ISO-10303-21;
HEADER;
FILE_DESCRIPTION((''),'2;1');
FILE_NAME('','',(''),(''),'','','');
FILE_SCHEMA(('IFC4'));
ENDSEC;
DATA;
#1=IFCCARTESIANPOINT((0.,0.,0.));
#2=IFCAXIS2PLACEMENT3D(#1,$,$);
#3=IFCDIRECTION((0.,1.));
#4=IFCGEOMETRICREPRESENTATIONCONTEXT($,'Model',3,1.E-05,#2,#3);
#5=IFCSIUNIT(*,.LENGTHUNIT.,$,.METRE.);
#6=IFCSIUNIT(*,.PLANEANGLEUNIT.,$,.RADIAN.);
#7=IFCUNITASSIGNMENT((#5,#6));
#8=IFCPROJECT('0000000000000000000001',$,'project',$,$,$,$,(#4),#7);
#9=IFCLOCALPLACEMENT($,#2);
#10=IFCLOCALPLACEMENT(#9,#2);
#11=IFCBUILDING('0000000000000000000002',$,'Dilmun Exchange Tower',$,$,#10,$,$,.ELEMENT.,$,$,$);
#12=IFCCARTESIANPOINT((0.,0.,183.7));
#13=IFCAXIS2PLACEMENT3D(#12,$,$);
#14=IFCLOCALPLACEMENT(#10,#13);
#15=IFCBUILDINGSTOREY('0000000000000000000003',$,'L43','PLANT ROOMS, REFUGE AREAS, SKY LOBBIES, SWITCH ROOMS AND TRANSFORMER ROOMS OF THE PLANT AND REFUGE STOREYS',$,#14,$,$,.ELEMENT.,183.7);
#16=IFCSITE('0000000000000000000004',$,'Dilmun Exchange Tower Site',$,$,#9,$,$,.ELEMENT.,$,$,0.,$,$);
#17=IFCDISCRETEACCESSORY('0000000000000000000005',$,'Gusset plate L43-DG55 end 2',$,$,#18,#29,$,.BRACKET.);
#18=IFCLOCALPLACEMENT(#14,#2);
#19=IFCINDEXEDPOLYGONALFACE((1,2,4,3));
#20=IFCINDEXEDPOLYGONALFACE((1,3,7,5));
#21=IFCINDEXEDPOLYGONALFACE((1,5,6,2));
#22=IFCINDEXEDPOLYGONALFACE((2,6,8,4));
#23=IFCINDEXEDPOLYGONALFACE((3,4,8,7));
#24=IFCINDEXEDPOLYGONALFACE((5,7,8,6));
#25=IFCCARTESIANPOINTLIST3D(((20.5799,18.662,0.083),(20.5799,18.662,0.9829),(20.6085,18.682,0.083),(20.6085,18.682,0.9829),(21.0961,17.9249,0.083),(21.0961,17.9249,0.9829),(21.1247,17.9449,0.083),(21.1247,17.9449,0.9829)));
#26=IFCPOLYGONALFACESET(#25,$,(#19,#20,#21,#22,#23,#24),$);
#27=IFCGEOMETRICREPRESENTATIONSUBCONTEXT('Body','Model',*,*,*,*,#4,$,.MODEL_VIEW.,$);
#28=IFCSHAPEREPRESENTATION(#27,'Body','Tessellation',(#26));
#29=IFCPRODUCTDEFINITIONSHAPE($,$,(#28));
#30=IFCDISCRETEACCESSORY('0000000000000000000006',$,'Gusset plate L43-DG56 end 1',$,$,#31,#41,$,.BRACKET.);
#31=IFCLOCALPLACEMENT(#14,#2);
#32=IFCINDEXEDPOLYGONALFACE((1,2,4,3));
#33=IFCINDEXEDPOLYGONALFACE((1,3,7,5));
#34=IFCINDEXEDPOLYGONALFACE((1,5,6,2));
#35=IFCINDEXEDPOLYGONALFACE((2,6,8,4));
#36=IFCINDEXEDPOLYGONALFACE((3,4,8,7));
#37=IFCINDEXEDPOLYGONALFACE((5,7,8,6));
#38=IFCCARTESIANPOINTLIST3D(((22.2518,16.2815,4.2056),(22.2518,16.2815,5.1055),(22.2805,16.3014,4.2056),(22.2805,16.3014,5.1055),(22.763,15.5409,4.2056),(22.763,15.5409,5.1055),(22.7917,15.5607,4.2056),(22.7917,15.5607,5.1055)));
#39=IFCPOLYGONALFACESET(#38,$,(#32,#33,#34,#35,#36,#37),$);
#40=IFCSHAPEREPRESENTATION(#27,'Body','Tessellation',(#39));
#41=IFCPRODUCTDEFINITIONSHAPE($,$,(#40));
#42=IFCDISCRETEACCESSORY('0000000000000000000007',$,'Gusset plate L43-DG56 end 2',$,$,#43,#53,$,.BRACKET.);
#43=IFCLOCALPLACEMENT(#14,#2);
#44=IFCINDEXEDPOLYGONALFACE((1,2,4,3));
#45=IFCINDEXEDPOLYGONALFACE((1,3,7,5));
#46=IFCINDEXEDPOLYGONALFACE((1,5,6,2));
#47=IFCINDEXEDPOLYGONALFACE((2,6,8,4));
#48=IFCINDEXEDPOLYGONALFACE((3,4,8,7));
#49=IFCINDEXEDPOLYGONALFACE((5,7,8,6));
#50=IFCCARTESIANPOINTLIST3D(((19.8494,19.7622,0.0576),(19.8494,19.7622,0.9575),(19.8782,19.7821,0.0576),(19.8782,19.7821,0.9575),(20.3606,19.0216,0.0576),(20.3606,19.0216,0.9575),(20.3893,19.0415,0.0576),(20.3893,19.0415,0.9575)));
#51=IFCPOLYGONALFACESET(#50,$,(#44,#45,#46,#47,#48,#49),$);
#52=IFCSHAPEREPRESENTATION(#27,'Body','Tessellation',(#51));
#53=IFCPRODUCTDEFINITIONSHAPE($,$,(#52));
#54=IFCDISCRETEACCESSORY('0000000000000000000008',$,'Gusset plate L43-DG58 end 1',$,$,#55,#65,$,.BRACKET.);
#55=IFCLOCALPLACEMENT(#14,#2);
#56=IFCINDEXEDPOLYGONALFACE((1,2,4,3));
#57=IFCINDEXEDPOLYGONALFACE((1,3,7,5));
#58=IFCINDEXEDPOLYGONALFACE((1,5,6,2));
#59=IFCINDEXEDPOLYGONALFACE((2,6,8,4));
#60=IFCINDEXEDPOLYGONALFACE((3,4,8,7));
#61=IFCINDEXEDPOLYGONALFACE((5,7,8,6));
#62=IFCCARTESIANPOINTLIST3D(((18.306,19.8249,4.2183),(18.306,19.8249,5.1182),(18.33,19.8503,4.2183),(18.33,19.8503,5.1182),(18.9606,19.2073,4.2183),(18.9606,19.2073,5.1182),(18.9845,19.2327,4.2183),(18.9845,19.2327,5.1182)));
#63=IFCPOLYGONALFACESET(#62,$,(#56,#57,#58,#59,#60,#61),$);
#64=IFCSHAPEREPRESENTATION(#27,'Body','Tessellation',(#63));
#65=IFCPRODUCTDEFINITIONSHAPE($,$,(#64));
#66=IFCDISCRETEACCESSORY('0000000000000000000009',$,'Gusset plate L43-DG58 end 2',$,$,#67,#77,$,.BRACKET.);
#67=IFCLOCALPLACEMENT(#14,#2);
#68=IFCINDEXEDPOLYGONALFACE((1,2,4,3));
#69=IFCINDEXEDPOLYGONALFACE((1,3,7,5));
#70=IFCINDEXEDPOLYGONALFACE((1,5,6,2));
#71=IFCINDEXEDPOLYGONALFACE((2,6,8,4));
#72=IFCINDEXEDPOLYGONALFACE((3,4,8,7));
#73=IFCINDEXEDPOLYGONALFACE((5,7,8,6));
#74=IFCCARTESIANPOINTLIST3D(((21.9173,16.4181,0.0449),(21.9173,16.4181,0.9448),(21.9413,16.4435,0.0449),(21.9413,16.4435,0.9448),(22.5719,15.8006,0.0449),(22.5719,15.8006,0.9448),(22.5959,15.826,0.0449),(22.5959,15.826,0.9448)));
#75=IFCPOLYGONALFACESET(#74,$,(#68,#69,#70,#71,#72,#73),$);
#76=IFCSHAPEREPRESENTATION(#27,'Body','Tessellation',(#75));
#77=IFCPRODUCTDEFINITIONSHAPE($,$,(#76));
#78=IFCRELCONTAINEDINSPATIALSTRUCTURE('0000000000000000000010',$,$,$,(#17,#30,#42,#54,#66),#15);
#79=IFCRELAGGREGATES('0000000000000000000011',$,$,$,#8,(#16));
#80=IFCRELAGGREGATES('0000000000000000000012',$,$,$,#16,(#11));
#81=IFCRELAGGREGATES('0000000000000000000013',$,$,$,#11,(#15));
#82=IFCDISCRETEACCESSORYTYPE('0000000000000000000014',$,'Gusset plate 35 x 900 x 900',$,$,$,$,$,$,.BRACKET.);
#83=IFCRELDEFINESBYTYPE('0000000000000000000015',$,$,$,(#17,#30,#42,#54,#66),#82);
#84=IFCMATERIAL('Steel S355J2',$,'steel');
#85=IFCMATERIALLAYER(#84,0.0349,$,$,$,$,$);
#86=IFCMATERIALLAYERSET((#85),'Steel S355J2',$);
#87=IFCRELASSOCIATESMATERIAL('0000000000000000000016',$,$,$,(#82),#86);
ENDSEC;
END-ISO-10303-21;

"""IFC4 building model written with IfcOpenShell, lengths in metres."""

from ifc_helpers import new_model, si_unit, direction, frame, origin, origin_2d, place, context, subcontext, project, spatial, rectangle, extrude, material, layer, layer_set, type_object, element, save


model = new_model("IFC4")

# Units and contexts
model_context = context("Model", 3, precision=1e-05, world=origin(), true_north=direction((0.0, 1.0)))
body_context = subcontext(model_context, "Body", "Model", "MODEL_VIEW")
ifc_project = project(units=[si_unit("LENGTHUNIT", "METRE"), si_unit("PLANEANGLEUNIT", "RADIAN")], contexts=[model_context])

# Site, building, storey
site_placement = place(None, origin())
site = spatial("IfcSite", under=ifc_project, at=site_placement, Name="Dilmun Exchange Tower Site", CompositionType="ELEMENT", RefElevation=0.0)
building_placement = place(site_placement, origin())
building = spatial("IfcBuilding", under=site, at=building_placement, Name="Dilmun Exchange Tower", CompositionType="ELEMENT")
storey_placement = place(building_placement, frame((0.0, 0.0, 183.7)))
storey = spatial("IfcBuildingStorey", under=building, at=storey_placement, Name="L43", Description="PLANT ROOMS, REFUGE AREAS, SKY LOBBIES, SWITCH ROOMS AND TRANSFORMER ROOMS OF THE PLANT AND REFUGE STOREYS", CompositionType="ELEMENT", Elevation=183.7)

# Discrete accessories
ifc_material_1 = material(Name="Steel S355J2", Category="steel")
ifc_layer_1 = layer(ifc_material_1, 0.0349)
ifc_layer_set_1 = layer_set([ifc_layer_1], Name="Steel S355J2")
discrete_accessory_type = type_object("IfcDiscreteAccessoryType", Name="Gusset plate 35 x 900 x 900", PredefinedType="BRACKET", material=ifc_layer_set_1)
for number, where, z_axis, x_axis, name in (
    (1, (20.8523, 18.3035, 0.083), (0.0, 0.0, 1.0), (-0.573602, 0.819134, 0.0), "Gusset plate L43-DG55 end 2"),
    (2, (22.5217, 15.9211, 4.2056), (0.0, 0.0, 1.0), (-0.568042, 0.823, 0.0), "Gusset plate L43-DG56 end 1"),
    (3, (20.1194, 19.4019, 0.0576), (0.0, 0.0, 1.0), (-0.568042, 0.823, 0.0), "Gusset plate L43-DG56 end 2"),
    (4, (18.6453, 19.5288, 4.2183), (0.0, 0.0, 1.0), (0.727394, -0.68622, 0.0), "Gusset plate L43-DG58 end 1"),
    (5, (22.2566, 16.1221, 0.0449), (0.0, 0.0, 1.0), (0.727394, -0.68622, 0.0), "Gusset plate L43-DG58 end 2"),
):
    element("IfcDiscreteAccessory", number, at=place(storey_placement, frame(where, z_axis=z_axis, x_axis=x_axis)), inside=storey, type_object=discrete_accessory_type, Name=name, PredefinedType="BRACKET", context=body_context, shape_type="SweptSolid", body=[
        extrude(rectangle(XDim=0.8999, YDim=0.0349, at=origin_2d()), origin(), (0.0, 0.0, 1.0), 0.8999),
    ])

save(model, "model.ifc")
